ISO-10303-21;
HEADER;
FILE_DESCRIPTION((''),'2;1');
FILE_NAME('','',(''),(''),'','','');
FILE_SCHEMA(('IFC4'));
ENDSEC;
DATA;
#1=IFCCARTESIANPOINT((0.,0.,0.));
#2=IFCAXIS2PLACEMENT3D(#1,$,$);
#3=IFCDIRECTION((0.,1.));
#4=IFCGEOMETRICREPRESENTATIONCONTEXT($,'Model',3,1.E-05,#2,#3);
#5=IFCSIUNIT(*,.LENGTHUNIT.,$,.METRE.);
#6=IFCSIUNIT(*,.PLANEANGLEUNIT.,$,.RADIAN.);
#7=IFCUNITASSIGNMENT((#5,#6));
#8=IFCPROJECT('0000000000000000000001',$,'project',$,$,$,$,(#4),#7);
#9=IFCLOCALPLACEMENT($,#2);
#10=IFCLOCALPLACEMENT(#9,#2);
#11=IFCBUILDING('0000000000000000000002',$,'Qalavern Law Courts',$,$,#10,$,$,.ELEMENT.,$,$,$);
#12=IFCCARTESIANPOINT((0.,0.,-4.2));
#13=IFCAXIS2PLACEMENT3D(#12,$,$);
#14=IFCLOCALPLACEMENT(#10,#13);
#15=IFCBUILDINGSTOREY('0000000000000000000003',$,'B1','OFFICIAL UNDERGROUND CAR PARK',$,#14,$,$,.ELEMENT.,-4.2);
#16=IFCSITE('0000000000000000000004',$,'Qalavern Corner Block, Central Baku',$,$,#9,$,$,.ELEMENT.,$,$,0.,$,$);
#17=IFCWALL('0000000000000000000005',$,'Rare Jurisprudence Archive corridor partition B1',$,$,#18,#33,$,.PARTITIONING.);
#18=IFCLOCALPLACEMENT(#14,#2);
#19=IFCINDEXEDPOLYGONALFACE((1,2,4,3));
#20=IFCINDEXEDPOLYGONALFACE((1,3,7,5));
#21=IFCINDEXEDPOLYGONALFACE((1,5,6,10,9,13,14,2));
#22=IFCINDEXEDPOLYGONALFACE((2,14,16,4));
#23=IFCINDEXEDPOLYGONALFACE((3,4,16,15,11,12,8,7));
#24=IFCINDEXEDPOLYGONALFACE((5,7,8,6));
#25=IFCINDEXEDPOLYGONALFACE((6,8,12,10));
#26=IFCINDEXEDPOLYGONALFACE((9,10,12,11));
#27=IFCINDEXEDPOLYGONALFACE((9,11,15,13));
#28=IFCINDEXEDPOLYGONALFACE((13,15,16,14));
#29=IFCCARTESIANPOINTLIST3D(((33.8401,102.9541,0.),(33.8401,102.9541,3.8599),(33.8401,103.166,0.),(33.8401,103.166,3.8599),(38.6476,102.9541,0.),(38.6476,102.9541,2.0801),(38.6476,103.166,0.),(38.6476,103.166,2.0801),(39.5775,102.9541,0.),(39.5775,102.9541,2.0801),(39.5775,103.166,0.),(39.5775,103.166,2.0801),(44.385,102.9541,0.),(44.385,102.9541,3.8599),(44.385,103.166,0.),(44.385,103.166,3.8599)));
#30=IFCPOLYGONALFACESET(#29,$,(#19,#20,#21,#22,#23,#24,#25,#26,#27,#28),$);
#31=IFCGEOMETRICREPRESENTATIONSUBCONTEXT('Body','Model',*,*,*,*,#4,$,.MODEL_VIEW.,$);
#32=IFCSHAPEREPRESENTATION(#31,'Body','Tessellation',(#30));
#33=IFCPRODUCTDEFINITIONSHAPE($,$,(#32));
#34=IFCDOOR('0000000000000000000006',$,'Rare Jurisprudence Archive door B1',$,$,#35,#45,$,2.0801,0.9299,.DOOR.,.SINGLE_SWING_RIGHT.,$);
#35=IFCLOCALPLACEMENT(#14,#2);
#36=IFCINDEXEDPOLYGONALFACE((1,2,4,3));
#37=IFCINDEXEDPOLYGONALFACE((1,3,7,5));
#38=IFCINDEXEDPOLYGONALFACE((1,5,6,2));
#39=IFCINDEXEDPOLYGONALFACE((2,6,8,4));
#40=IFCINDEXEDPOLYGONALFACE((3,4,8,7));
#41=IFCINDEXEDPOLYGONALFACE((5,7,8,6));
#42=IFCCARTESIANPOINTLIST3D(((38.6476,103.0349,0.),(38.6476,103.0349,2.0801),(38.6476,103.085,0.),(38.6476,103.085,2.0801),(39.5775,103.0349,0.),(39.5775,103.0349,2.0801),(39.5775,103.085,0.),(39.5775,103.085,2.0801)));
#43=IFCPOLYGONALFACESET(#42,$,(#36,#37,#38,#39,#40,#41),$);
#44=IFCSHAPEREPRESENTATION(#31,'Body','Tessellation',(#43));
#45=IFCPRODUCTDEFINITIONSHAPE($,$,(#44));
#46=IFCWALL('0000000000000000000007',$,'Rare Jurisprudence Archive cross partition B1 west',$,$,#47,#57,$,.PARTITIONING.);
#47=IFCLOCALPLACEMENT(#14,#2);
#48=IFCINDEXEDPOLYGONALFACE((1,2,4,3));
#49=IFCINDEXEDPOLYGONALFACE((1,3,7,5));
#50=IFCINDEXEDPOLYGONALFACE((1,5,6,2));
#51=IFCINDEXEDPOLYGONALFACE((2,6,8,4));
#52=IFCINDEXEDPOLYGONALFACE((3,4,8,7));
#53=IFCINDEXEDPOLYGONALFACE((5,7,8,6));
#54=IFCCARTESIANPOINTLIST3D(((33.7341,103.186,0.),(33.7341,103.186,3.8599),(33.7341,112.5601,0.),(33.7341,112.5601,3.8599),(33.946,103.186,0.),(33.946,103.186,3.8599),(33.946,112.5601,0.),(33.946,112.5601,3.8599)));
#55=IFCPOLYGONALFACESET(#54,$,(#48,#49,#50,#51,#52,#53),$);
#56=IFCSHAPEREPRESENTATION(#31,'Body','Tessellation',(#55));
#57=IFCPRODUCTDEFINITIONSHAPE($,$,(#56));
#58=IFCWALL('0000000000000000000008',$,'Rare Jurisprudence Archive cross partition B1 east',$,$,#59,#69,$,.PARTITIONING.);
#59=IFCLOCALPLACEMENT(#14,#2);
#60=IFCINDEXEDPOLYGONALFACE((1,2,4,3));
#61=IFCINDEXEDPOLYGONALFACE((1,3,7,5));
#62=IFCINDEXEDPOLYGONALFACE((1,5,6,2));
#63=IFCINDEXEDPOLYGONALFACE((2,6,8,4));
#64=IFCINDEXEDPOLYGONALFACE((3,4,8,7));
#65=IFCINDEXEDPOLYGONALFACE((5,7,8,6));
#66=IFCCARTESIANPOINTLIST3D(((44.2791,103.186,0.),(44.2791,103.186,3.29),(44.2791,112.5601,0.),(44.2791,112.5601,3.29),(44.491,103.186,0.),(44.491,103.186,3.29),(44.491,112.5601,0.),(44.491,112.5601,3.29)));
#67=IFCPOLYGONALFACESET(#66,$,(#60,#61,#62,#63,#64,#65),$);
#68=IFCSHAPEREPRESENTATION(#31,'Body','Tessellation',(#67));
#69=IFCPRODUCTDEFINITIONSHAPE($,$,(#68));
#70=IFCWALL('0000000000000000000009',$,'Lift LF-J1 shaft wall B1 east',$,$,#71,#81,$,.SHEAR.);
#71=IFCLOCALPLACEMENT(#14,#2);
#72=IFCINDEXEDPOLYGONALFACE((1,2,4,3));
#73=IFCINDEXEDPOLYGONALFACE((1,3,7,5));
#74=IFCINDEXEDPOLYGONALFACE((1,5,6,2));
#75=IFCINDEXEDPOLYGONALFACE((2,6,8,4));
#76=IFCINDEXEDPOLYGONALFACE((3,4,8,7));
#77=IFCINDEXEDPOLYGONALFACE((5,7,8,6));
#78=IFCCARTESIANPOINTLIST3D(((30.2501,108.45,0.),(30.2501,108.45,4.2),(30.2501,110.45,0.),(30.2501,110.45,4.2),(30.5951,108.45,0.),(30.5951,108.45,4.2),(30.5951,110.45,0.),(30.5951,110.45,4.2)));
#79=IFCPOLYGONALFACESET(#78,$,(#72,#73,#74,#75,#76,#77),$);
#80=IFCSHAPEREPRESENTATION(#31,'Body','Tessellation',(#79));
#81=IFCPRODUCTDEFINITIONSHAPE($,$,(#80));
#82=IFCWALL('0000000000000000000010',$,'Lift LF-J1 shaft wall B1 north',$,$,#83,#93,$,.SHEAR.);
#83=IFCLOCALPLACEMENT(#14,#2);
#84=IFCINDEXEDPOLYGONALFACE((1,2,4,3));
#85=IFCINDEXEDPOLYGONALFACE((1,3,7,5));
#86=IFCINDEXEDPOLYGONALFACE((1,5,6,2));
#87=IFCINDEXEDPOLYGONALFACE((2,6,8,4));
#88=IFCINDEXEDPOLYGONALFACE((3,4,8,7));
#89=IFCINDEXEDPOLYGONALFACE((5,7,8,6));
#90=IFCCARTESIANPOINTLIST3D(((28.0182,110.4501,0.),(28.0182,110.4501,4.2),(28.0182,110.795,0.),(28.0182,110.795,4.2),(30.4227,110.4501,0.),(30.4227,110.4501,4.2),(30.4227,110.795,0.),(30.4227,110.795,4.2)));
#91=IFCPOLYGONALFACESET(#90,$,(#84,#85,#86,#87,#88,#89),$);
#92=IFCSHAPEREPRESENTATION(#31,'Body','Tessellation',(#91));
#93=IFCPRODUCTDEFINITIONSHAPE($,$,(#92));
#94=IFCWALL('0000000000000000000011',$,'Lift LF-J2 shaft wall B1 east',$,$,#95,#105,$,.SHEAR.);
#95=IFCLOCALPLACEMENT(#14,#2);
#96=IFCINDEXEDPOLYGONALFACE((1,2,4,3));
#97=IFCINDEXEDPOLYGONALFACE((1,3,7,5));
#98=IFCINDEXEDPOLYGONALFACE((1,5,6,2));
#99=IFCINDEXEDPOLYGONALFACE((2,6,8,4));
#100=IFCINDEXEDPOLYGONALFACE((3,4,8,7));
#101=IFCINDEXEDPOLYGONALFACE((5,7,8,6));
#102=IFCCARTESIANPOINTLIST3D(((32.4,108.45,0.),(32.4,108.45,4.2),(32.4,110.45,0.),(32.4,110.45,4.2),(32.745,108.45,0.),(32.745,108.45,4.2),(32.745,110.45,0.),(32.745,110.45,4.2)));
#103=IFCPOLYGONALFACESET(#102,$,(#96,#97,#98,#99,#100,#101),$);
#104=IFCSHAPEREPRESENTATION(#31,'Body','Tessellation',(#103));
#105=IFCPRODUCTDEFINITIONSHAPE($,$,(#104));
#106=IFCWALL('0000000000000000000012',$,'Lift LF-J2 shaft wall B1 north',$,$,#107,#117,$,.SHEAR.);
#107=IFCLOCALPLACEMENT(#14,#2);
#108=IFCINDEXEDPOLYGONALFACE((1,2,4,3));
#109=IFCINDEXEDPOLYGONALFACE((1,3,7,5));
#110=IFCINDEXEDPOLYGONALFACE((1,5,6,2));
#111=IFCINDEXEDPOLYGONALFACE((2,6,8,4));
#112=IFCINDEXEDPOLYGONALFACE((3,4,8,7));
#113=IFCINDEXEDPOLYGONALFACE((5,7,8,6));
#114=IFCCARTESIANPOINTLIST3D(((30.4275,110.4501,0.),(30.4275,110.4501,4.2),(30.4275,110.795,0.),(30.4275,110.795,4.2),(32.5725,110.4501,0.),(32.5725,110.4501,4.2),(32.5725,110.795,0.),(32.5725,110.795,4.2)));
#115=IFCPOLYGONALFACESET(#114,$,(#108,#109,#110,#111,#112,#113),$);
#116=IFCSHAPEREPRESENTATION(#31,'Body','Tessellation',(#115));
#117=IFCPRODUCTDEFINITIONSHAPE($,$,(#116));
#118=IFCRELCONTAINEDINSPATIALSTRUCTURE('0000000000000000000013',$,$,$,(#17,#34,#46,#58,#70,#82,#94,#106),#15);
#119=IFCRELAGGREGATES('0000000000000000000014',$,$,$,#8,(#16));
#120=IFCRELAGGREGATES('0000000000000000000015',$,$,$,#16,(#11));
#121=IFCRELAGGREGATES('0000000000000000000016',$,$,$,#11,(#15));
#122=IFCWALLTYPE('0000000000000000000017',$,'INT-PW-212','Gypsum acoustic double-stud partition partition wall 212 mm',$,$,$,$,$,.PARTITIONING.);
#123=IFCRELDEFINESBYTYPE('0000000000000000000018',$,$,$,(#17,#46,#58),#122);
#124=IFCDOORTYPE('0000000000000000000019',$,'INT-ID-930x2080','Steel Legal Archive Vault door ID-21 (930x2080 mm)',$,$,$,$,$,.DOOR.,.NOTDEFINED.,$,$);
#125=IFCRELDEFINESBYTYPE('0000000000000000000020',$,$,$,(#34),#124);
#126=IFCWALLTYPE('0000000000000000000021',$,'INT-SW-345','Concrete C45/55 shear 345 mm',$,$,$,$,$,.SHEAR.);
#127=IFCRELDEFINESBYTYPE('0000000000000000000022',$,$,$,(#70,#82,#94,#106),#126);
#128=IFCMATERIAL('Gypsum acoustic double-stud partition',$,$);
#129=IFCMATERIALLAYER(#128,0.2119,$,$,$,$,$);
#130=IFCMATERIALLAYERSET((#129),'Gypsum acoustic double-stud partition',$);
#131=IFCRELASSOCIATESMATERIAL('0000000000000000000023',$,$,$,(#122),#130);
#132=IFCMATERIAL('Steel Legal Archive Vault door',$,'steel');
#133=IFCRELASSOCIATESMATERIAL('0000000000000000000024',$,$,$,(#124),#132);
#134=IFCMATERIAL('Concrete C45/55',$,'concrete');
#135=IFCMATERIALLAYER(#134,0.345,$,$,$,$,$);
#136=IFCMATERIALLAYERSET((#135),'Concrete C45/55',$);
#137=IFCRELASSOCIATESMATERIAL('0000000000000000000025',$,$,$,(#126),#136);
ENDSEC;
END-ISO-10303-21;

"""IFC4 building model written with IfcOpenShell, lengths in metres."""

from ifc_helpers import new_model, si_unit, direction, frame, frame_2d, origin, place, context, subcontext, project, spatial, rectangle, extrude, material, layer, layer_set, type_object, element, fill, save


model = new_model("IFC4")

# Units and contexts
model_context = context("Model", 3, precision=1e-05, world=origin(), true_north=direction((0.0, 1.0)))
body_context = subcontext(model_context, "Body", "Model", "MODEL_VIEW")
ifc_project = project(units=[si_unit("LENGTHUNIT", "METRE"), si_unit("PLANEANGLEUNIT", "RADIAN")], contexts=[model_context])

# Site, building, storey
site_placement = place(None, origin())
site = spatial("IfcSite", under=ifc_project, at=site_placement, Name="Qalavern Corner Block, Central Baku", CompositionType="ELEMENT", RefElevation=0.0)
building_placement = place(site_placement, origin())
building = spatial("IfcBuilding", under=site, at=building_placement, Name="Qalavern Law Courts", CompositionType="ELEMENT")
storey_placement = place(building_placement, frame((0.0, 0.0, -4.2)))
storey = spatial("IfcBuildingStorey", under=building, at=storey_placement, Name="B1", Description="OFFICIAL UNDERGROUND CAR PARK", CompositionType="ELEMENT", Elevation=-4.2)

# Shared definitions
ifc_material_1 = material(Name="Concrete C45/55", Category="concrete")

# Wall, opening, door
ifc_material_2 = material(Name="Gypsum acoustic double-stud partition")
ifc_layer_1 = layer(ifc_material_2, 0.2119)
ifc_layer_set_1 = layer_set([ifc_layer_1], Name="Gypsum acoustic double-stud partition")
wall_type_1 = type_object("IfcWallType", Name="INT-PW-212", Description="Gypsum acoustic double-stud partition partition wall 212 mm", PredefinedType="PARTITIONING", material=ifc_layer_set_1)
wall_1_placement = place(storey_placement, frame((33.8401, 103.0601, 0.0), z_axis=(0.0, 0.0, 1.0), x_axis=(1.0, 0.0, 0.0)))
wall_1 = element("IfcWall", 1, at=wall_1_placement, inside=storey, type_object=wall_type_1, Name="Rare Jurisprudence Archive corridor partition B1", PredefinedType="PARTITIONING", context=body_context, shape_type="SweptSolid", body=[
    extrude(rectangle(XDim=10.5449, YDim=0.2119, at=frame_2d((5.2725, 0.0))), origin(), (0.0, 0.0, 1.0), 3.8599),
])
opening_1_placement = place(wall_1_placement, frame((4.8076, 0.0, 0.0)))
opening_1 = element("IfcOpeningElement", 2, at=opening_1_placement, cuts=wall_1, PredefinedType="OPENING", context=body_context, shape_type="SweptSolid", body=[
    extrude(rectangle(XDim=0.9299, YDim=2.0801, at=frame_2d((0.4648, 1.04))), frame((0.0, 0.1208, 0.0), z_axis=(0.0, -1.0, 0.0), x_axis=(1.0, 0.0, 0.0)), (0.0, 0.0, 1.0), 0.2417),
])
ifc_material_3 = material(Name="Steel Legal Archive Vault door", Category="steel")
door_type_1 = type_object("IfcDoorType", Name="INT-ID-930x2080", Description="Steel Legal Archive Vault door ID-21 (930x2080 mm)", OperationType="NOTDEFINED", PredefinedType="DOOR", material=ifc_material_3)
door_1_placement = place(opening_1_placement, origin())
door_1 = element("IfcDoor", 3, at=door_1_placement, inside=storey, type_object=door_type_1, Name="Rare Jurisprudence Archive door B1", OperationType="SINGLE_SWING_RIGHT", OverallHeight=2.0801, OverallWidth=0.9299, PredefinedType="DOOR", context=body_context, shape_type="SweptSolid", body=[
    extrude(rectangle(XDim=0.9299, YDim=2.0801, at=frame_2d((0.4648, 1.04))), frame((0.0, 0.0249, 0.0), z_axis=(0.0, -1.0, 0.0), x_axis=(1.0, 0.0, 0.0)), (0.0, 0.0, 1.0), 0.05),
])
fill(opening_1, door_1)

# Walls
wall_2_placement = place(storey_placement, frame((33.8401, 103.186, 0.0), z_axis=(0.0, 0.0, 1.0), x_axis=(0.0, 1.0, 0.0)))
element("IfcWall", 4, at=wall_2_placement, inside=storey, type_object=wall_type_1, Name="Rare Jurisprudence Archive cross partition B1 west", PredefinedType="PARTITIONING", context=body_context, shape_type="SweptSolid", body=[
    extrude(rectangle(XDim=9.374, YDim=0.2119, at=frame_2d((4.687, 0.0))), origin(), (0.0, 0.0, 1.0), 3.8599),
])
wall_3_placement = place(storey_placement, frame((44.385, 103.186, 0.0), z_axis=(0.0, 0.0, 1.0), x_axis=(0.0, 1.0, 0.0)))
element("IfcWall", 5, at=wall_3_placement, inside=storey, type_object=wall_type_1, Name="Rare Jurisprudence Archive cross partition B1 east", PredefinedType="PARTITIONING", context=body_context, shape_type="SweptSolid", body=[
    extrude(rectangle(XDim=9.374, YDim=0.2119, at=frame_2d((4.687, 0.0))), origin(), (0.0, 0.0, 1.0), 3.29),
])
ifc_layer_2 = layer(ifc_material_1, 0.345)
ifc_layer_set_2 = layer_set([ifc_layer_2], Name="Concrete C45/55")
wall_type_2 = type_object("IfcWallType", Name="INT-SW-345", Description="Concrete C45/55 shear 345 mm", PredefinedType="SHEAR", material=ifc_layer_set_2)
wall_4_placement = place(storey_placement, frame((30.4226, 108.45, 0.0), z_axis=(0.0, 0.0, 1.0), x_axis=(0.0, 1.0, 0.0)))
element("IfcWall", 6, at=wall_4_placement, inside=storey, type_object=wall_type_2, Name="Lift LF-J1 shaft wall B1 east", PredefinedType="SHEAR", context=body_context, shape_type="SweptSolid", body=[
    extrude(rectangle(XDim=2.0, YDim=0.345, at=frame_2d((1.0, 0.0))), origin(), (0.0, 0.0, 1.0), 4.2),
])
wall_5_placement = place(storey_placement, frame((30.4226, 110.6226, 0.0), z_axis=(0.0, 0.0, 1.0), x_axis=(-1.0, 0.0, 0.0)))
element("IfcWall", 7, at=wall_5_placement, inside=storey, type_object=wall_type_2, Name="Lift LF-J1 shaft wall B1 north", PredefinedType="SHEAR", context=body_context, shape_type="SweptSolid", body=[
    extrude(rectangle(XDim=2.4045, YDim=0.345, at=frame_2d((1.2021, 0.0))), origin(), (0.0, 0.0, 1.0), 4.2),
])

# Walls
wall_6_placement = place(storey_placement, frame((32.5725, 108.45, 0.0), z_axis=(0.0, 0.0, 1.0), x_axis=(0.0, 1.0, 0.0)))
element("IfcWall", 8, at=wall_6_placement, inside=storey, type_object=wall_type_2, Name="Lift LF-J2 shaft wall B1 east", PredefinedType="SHEAR", context=body_context, shape_type="SweptSolid", body=[
    extrude(rectangle(XDim=2.0, YDim=0.345, at=frame_2d((1.0, 0.0))), origin(), (0.0, 0.0, 1.0), 4.2),
])
wall_7_placement = place(storey_placement, frame((32.5725, 110.6226, 0.0), z_axis=(0.0, 0.0, 1.0), x_axis=(-1.0, 0.0, 0.0)))
element("IfcWall", 9, at=wall_7_placement, inside=storey, type_object=wall_type_2, Name="Lift LF-J2 shaft wall B1 north", PredefinedType="SHEAR", context=body_context, shape_type="SweptSolid", body=[
    extrude(rectangle(XDim=2.145, YDim=0.345, at=frame_2d((1.0725, 0.0))), origin(), (0.0, 0.0, 1.0), 4.2),
])

save(model, "model.ifc")
